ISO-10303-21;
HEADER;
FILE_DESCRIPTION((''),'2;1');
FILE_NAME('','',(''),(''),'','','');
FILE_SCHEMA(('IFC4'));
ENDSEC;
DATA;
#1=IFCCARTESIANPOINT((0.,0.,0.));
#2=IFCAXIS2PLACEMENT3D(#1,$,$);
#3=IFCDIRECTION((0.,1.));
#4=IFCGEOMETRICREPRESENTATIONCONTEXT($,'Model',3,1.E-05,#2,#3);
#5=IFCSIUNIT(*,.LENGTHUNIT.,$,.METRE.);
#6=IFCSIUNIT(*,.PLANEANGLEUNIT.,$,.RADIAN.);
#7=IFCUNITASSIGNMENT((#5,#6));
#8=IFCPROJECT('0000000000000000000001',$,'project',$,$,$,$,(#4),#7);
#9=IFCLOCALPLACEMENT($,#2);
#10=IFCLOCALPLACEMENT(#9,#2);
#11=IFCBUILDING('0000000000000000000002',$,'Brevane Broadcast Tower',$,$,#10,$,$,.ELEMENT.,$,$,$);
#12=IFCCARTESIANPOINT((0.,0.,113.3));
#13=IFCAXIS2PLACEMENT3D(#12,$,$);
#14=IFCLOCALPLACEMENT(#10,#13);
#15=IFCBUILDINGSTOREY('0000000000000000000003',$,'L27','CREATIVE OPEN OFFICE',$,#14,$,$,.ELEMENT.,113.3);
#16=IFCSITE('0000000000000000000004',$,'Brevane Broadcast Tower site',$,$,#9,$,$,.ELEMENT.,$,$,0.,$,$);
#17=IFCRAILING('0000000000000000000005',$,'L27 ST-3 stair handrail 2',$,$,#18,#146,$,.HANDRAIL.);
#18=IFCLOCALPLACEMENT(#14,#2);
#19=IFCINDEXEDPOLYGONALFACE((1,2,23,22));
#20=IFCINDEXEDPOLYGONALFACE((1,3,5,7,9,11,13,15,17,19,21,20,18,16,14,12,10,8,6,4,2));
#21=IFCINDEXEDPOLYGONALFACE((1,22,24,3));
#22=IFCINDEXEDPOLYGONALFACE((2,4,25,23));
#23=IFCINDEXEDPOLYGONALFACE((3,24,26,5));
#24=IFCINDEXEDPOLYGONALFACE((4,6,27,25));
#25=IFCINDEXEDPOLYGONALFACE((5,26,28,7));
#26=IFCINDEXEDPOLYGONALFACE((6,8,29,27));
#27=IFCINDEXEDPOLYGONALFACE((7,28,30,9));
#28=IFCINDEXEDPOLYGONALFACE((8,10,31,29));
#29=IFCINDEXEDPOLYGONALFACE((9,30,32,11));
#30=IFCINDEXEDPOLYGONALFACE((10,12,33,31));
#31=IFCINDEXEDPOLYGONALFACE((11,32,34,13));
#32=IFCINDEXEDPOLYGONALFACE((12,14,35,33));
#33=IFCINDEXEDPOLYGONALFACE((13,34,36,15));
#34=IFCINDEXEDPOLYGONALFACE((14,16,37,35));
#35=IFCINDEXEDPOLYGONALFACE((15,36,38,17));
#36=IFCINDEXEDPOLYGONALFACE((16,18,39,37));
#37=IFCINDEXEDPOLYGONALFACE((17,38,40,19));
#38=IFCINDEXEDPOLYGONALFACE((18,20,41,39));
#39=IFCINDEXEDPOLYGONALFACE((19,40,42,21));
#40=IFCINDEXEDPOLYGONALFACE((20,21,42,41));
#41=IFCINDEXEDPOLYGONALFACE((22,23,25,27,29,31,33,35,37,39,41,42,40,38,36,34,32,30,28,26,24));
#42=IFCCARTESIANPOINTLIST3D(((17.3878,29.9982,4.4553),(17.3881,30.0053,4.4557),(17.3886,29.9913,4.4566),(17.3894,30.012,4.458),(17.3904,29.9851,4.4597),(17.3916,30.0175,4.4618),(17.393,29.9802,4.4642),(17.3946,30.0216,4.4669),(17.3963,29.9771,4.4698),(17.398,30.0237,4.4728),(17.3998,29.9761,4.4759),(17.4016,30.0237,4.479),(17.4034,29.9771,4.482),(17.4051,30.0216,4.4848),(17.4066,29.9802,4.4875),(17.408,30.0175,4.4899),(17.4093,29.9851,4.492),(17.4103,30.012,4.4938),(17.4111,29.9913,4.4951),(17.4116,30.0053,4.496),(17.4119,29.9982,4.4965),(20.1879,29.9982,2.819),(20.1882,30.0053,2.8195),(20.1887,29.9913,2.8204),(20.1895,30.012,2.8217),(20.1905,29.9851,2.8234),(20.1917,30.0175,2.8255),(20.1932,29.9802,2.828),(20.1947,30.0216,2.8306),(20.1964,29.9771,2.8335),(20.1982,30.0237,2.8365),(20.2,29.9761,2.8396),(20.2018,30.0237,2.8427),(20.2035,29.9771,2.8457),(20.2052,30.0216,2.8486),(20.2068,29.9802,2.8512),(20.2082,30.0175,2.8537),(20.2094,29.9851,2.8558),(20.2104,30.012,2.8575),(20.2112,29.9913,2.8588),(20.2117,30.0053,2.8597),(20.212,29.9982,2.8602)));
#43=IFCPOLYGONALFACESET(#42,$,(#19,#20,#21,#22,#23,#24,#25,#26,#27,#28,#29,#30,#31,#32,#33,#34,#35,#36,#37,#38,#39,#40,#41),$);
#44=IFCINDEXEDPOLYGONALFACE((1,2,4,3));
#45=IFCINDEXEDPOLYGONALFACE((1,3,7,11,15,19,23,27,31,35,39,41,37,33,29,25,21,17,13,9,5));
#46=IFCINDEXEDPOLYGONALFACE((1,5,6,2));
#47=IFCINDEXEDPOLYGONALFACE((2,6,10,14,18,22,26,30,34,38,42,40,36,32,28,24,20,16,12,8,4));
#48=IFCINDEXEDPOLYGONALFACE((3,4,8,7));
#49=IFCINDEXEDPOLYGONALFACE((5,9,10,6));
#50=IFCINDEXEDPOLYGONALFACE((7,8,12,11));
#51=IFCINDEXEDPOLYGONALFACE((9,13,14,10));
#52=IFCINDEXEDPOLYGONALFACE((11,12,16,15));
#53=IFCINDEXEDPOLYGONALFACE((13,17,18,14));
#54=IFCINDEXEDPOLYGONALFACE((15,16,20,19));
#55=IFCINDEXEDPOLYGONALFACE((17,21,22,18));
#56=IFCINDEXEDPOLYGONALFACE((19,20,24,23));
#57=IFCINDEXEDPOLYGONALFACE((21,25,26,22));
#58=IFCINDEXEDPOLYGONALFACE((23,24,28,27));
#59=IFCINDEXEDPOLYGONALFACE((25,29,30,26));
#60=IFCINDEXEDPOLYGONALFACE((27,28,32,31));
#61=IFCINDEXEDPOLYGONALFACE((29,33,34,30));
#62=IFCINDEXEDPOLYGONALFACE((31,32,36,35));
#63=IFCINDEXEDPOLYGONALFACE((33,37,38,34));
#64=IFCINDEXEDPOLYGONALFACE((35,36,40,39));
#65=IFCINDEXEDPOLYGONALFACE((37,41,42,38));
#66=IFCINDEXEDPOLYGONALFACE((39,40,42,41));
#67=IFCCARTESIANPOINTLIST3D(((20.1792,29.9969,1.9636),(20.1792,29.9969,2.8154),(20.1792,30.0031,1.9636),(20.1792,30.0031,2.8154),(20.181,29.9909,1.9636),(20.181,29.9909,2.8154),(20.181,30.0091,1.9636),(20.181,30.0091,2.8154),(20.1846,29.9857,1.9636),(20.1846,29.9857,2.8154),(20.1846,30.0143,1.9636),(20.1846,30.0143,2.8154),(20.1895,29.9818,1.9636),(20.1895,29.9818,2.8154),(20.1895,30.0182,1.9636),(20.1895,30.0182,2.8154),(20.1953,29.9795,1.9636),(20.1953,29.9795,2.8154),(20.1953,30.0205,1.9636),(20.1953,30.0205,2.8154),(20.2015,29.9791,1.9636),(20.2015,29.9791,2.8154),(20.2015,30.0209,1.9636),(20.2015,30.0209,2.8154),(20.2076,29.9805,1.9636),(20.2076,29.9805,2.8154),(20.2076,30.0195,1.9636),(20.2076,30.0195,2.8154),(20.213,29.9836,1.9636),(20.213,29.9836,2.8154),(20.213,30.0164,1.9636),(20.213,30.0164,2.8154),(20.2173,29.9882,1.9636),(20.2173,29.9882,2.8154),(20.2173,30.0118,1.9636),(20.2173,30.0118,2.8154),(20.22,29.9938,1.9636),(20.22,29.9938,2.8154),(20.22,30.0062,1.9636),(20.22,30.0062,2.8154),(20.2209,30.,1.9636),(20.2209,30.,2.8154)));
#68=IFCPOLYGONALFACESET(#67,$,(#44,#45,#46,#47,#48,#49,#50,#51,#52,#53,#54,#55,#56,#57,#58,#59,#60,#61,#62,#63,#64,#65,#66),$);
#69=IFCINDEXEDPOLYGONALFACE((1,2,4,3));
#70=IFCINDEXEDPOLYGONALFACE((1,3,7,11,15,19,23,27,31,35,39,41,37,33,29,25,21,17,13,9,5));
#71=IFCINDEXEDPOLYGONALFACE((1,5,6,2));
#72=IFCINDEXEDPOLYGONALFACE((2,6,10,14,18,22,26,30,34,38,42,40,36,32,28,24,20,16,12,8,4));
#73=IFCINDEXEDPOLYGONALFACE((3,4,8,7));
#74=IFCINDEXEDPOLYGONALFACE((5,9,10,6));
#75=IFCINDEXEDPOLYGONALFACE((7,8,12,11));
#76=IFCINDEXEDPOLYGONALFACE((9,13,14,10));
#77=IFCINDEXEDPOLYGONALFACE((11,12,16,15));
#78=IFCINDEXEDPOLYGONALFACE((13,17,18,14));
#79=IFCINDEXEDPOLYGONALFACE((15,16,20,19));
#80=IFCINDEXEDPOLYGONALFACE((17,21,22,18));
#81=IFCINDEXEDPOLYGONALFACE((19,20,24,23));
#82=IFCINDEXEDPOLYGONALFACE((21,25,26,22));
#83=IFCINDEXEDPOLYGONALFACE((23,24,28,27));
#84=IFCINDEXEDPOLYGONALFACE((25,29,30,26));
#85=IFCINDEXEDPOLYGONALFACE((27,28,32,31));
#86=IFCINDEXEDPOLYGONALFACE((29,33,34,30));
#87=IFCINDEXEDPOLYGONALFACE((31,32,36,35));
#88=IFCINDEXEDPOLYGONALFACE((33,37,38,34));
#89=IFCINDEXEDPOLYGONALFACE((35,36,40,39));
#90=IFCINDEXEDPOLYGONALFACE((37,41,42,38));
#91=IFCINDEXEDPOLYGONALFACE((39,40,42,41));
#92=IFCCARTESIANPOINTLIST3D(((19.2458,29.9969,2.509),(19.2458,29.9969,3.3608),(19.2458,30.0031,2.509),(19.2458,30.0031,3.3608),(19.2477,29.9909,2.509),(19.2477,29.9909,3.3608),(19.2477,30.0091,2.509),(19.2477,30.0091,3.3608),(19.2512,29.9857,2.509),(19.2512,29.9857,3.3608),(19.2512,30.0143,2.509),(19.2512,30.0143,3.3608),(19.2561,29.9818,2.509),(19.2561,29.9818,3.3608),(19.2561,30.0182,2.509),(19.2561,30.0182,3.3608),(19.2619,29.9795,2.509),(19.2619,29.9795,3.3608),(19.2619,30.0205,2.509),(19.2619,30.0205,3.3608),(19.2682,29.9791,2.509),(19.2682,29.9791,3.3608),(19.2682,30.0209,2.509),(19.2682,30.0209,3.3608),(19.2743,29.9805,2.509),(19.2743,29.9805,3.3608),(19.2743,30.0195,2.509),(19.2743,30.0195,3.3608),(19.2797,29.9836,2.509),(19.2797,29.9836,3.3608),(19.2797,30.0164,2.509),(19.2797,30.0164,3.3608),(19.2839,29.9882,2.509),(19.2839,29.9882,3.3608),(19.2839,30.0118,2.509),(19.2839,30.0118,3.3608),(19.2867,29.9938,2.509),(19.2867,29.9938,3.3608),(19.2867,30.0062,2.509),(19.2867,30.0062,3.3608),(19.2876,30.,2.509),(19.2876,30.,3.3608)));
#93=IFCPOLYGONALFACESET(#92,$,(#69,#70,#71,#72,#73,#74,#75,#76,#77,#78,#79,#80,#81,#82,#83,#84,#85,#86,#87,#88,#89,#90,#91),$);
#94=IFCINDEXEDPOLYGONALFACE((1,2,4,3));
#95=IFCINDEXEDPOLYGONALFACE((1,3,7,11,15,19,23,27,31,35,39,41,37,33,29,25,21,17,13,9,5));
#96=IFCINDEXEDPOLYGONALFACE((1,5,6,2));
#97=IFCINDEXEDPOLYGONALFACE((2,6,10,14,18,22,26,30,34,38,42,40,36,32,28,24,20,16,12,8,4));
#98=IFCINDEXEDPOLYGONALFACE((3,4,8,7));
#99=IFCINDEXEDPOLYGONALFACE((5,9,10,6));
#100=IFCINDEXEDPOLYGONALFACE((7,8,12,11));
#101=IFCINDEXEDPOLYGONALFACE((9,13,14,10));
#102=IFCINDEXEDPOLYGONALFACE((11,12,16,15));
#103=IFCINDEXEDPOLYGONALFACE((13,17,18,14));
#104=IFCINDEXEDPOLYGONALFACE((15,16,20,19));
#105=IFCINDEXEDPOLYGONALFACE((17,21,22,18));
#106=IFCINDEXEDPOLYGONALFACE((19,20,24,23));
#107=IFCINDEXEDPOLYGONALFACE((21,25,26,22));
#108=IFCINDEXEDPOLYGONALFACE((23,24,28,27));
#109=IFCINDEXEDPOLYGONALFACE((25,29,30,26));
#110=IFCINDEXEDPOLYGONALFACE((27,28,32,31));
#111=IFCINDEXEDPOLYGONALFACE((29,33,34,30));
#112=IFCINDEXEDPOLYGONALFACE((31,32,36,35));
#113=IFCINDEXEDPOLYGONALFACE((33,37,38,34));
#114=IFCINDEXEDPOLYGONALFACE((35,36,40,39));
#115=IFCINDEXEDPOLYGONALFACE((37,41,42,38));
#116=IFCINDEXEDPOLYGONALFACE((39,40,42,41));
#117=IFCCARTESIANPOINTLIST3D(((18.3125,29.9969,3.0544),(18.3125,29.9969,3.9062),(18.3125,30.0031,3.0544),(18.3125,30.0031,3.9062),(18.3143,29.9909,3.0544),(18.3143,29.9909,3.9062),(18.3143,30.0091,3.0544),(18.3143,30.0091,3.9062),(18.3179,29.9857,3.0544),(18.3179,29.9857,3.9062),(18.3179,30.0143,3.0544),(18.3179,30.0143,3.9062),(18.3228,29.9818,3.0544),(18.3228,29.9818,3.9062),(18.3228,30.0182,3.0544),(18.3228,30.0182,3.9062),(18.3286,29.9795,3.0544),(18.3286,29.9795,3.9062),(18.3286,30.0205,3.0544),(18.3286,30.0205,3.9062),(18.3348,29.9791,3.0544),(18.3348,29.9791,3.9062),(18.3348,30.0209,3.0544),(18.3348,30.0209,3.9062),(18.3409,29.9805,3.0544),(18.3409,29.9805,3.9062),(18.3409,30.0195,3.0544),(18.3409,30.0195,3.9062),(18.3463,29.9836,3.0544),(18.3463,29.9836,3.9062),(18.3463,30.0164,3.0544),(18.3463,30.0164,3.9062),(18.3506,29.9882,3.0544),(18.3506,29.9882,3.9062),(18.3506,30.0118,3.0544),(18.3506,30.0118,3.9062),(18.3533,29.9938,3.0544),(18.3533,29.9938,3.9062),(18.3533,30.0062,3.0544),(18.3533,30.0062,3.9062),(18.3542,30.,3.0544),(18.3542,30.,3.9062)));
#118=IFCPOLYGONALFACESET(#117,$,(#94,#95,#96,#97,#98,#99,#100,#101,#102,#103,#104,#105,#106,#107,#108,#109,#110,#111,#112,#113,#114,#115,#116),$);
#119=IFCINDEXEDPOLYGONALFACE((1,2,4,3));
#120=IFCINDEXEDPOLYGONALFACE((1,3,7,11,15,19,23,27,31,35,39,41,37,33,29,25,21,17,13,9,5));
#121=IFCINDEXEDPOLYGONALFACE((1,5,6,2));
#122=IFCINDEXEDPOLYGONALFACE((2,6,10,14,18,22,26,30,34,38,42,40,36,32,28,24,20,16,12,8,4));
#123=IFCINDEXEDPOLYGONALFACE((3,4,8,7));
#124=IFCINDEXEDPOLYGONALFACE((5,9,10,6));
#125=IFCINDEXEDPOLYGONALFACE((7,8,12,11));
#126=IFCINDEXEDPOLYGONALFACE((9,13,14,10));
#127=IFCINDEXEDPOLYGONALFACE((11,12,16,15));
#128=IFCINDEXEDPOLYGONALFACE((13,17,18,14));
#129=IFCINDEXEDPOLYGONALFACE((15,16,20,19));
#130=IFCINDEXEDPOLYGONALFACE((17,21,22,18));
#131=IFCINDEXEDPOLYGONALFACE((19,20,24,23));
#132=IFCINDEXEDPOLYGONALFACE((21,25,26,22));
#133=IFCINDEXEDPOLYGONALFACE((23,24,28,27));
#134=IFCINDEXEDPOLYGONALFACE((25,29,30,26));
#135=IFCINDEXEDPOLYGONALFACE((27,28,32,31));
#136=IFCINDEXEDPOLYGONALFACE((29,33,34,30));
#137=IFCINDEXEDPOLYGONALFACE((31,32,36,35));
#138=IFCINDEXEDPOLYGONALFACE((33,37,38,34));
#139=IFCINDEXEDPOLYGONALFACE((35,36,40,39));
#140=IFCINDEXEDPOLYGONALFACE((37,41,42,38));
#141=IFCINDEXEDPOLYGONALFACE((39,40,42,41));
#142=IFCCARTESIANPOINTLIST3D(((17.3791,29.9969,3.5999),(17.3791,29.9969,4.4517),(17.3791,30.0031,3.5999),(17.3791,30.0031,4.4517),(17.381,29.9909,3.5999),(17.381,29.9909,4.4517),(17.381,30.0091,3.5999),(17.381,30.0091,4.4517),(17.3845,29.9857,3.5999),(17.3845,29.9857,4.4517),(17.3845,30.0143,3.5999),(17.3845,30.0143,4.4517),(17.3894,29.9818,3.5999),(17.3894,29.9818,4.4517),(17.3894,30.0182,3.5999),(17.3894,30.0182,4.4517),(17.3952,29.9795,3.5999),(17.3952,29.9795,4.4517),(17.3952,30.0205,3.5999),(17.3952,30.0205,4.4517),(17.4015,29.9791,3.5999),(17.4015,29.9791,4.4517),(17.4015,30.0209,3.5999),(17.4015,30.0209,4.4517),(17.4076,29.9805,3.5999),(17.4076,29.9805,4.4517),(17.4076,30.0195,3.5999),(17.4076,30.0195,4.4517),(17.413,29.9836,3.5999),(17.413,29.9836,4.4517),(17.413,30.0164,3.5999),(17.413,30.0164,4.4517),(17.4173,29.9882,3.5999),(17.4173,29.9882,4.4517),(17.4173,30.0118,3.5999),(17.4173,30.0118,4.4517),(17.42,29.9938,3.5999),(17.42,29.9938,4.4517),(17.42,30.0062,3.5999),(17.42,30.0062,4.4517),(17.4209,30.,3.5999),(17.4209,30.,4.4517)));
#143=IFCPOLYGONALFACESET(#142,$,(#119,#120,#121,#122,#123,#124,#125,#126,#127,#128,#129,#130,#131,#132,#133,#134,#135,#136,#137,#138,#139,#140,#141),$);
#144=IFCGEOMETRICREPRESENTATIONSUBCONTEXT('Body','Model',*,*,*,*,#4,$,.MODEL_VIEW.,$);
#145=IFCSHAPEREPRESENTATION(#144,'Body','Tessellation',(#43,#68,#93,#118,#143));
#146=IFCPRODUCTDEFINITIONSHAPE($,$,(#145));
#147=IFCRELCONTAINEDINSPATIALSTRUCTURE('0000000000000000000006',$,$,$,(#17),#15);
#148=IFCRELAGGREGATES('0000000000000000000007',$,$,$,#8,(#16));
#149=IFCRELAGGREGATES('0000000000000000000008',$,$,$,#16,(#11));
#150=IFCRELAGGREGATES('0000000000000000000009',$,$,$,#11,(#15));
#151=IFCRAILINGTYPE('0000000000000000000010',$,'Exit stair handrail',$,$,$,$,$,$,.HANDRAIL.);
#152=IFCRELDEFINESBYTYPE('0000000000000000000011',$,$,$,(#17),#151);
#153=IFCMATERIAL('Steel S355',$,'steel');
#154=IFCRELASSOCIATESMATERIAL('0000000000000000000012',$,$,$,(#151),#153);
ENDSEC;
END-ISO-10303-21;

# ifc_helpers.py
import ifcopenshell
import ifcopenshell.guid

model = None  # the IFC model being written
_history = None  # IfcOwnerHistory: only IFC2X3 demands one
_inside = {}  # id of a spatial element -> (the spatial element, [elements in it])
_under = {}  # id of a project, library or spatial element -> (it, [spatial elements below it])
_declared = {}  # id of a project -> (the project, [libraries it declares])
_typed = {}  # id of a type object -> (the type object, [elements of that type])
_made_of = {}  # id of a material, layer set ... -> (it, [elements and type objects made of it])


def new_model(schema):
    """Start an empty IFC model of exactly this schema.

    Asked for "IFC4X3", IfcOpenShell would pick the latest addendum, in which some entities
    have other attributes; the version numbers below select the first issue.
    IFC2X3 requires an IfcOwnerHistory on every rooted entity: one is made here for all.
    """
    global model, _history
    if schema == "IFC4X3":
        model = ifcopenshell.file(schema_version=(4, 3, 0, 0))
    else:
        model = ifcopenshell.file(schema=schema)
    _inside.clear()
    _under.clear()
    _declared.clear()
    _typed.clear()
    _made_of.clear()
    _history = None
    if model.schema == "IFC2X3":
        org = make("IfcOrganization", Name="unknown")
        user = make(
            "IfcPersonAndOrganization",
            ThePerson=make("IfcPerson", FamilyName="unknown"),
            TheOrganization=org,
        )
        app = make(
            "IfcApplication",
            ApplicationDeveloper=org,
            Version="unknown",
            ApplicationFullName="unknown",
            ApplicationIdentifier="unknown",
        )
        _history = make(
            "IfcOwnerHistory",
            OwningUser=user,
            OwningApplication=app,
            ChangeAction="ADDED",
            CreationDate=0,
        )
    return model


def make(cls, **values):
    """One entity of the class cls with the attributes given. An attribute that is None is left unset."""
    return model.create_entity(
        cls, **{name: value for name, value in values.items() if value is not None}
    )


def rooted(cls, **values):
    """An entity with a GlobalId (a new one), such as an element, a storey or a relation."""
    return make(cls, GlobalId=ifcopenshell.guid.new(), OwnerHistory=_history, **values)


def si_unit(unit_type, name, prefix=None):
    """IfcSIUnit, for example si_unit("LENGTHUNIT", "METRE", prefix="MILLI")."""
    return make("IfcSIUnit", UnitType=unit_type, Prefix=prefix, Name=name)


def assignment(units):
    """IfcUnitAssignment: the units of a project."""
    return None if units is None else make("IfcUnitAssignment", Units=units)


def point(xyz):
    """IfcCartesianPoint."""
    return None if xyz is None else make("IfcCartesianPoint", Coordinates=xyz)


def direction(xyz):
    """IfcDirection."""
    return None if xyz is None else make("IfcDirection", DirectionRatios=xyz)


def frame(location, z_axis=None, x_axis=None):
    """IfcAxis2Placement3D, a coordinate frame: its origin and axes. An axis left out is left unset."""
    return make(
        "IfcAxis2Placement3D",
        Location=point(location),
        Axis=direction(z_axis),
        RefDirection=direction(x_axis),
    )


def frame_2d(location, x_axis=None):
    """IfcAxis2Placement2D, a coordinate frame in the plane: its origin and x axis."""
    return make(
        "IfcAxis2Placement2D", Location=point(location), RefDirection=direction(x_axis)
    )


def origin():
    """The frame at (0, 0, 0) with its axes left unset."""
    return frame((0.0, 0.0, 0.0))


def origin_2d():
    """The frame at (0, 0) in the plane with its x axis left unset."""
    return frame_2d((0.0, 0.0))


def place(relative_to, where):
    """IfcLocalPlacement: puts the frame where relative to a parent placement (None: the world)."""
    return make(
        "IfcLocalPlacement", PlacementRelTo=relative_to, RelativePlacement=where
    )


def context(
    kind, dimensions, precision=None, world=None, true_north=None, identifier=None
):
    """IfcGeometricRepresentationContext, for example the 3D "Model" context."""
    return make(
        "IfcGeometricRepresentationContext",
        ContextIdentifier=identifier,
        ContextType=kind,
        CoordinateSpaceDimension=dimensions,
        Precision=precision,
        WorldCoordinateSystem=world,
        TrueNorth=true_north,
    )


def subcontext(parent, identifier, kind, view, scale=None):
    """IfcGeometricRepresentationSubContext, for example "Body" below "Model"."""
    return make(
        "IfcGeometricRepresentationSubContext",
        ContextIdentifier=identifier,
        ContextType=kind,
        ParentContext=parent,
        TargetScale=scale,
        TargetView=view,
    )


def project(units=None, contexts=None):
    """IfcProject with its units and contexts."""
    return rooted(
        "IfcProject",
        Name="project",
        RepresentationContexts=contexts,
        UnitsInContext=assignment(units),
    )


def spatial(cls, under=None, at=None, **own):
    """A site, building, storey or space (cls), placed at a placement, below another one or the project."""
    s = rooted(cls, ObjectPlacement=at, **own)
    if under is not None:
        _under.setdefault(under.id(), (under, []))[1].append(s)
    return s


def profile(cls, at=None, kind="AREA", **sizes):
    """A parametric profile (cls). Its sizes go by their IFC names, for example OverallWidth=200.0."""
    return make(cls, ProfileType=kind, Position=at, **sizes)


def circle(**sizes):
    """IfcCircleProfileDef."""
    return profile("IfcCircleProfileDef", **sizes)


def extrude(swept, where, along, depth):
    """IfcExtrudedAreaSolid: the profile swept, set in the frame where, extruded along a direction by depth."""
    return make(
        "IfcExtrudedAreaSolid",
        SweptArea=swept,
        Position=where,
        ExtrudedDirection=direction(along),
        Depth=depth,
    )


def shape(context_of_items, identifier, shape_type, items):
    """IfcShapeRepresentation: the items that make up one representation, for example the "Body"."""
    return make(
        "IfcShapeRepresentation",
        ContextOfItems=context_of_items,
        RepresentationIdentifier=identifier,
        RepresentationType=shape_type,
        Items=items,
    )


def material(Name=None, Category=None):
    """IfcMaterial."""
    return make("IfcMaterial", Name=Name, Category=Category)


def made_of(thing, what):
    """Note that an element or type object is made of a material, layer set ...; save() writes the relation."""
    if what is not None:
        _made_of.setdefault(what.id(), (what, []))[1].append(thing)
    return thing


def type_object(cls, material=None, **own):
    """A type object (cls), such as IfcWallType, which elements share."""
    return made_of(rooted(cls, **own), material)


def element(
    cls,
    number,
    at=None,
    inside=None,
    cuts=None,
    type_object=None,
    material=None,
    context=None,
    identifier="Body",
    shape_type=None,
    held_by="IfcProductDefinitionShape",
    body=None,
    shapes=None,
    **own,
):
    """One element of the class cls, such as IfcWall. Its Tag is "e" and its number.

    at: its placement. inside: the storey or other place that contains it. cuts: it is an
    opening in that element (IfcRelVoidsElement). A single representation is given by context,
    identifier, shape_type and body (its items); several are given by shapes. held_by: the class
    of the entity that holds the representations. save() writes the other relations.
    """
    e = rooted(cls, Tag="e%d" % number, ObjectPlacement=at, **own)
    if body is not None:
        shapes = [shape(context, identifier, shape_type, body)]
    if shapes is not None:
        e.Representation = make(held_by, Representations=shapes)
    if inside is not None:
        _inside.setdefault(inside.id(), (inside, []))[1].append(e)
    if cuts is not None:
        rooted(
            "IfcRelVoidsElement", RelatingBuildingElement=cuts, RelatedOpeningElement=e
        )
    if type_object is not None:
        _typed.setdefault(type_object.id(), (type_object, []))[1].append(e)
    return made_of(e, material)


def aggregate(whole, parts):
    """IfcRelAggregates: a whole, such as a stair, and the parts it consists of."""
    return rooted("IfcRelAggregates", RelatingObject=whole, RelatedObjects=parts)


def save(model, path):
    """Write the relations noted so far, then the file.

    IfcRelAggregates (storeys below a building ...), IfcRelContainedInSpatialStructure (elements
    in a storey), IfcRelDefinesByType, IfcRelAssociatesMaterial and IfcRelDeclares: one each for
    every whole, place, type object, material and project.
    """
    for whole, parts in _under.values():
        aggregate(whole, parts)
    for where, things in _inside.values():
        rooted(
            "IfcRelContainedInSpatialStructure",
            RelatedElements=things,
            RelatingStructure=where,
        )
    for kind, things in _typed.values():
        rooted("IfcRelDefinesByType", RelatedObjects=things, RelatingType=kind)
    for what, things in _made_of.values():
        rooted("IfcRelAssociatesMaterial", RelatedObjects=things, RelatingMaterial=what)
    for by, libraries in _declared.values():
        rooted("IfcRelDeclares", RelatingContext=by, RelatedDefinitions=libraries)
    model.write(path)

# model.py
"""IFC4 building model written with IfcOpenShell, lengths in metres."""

from ifc_helpers import new_model, si_unit, direction, frame, origin, origin_2d, place, context, subcontext, project, spatial, circle, extrude, material, type_object, element, save


model = new_model("IFC4")

# Units and contexts
model_context = context("Model", 3, precision=1e-05, world=origin(), true_north=direction((0.0, 1.0)))
body_context = subcontext(model_context, "Body", "Model", "MODEL_VIEW")
ifc_project = project(units=[si_unit("LENGTHUNIT", "METRE"), si_unit("PLANEANGLEUNIT", "RADIAN")], contexts=[model_context])

# Site, building, storey
site_placement = place(None, origin())
site = spatial("IfcSite", under=ifc_project, at=site_placement, Name="Brevane Broadcast Tower site", CompositionType="ELEMENT", RefElevation=0.0)
building_placement = place(site_placement, origin())
building = spatial("IfcBuilding", under=site, at=building_placement, Name="Brevane Broadcast Tower", CompositionType="ELEMENT")
storey_placement = place(building_placement, frame((0.0, 0.0, 113.3)))
storey = spatial("IfcBuildingStorey", under=building, at=storey_placement, Name="L27", Description="CREATIVE OPEN OFFICE", CompositionType="ELEMENT", Elevation=113.3)

# Railing
ifc_material_1 = material(Name="Steel S355", Category="steel")
railing_type_1 = type_object("IfcRailingType", Name="Exit stair handrail", PredefinedType="HANDRAIL", material=ifc_material_1)
railing_1_placement = place(storey_placement, frame((20.2, 30.0, 1.9636)))
element("IfcRailing", 1, at=railing_1_placement, inside=storey, type_object=railing_type_1, Name="L27 ST-3 stair handrail 2", PredefinedType="HANDRAIL", context=body_context, shape_type="SweptSolid", body=[
    extrude(circle(Radius=0.0239, at=origin_2d()), frame((0.0, 0.0, 0.876), z_axis=(-0.863394, 0.0, 0.504531), x_axis=(0.0, -1.0, 0.0)), (0.0, 0.0, 1.0), 3.2432),
    extrude(circle(Radius=0.021, at=origin_2d()), origin(), (0.0, 0.0, 1.0), 0.8518),
    extrude(circle(Radius=0.021, at=origin_2d()), frame((-0.9333, 0.0, 0.5454)), (0.0, 0.0, 1.0), 0.8518),
    extrude(circle(Radius=0.021, at=origin_2d()), frame((-1.8667, 0.0, 1.0908)), (0.0, 0.0, 1.0), 0.8518),
    extrude(circle(Radius=0.021, at=origin_2d()), frame((-2.8, 0.0, 1.6362)), (0.0, 0.0, 1.0), 0.8518),
])

save(model, "model.ifc")
